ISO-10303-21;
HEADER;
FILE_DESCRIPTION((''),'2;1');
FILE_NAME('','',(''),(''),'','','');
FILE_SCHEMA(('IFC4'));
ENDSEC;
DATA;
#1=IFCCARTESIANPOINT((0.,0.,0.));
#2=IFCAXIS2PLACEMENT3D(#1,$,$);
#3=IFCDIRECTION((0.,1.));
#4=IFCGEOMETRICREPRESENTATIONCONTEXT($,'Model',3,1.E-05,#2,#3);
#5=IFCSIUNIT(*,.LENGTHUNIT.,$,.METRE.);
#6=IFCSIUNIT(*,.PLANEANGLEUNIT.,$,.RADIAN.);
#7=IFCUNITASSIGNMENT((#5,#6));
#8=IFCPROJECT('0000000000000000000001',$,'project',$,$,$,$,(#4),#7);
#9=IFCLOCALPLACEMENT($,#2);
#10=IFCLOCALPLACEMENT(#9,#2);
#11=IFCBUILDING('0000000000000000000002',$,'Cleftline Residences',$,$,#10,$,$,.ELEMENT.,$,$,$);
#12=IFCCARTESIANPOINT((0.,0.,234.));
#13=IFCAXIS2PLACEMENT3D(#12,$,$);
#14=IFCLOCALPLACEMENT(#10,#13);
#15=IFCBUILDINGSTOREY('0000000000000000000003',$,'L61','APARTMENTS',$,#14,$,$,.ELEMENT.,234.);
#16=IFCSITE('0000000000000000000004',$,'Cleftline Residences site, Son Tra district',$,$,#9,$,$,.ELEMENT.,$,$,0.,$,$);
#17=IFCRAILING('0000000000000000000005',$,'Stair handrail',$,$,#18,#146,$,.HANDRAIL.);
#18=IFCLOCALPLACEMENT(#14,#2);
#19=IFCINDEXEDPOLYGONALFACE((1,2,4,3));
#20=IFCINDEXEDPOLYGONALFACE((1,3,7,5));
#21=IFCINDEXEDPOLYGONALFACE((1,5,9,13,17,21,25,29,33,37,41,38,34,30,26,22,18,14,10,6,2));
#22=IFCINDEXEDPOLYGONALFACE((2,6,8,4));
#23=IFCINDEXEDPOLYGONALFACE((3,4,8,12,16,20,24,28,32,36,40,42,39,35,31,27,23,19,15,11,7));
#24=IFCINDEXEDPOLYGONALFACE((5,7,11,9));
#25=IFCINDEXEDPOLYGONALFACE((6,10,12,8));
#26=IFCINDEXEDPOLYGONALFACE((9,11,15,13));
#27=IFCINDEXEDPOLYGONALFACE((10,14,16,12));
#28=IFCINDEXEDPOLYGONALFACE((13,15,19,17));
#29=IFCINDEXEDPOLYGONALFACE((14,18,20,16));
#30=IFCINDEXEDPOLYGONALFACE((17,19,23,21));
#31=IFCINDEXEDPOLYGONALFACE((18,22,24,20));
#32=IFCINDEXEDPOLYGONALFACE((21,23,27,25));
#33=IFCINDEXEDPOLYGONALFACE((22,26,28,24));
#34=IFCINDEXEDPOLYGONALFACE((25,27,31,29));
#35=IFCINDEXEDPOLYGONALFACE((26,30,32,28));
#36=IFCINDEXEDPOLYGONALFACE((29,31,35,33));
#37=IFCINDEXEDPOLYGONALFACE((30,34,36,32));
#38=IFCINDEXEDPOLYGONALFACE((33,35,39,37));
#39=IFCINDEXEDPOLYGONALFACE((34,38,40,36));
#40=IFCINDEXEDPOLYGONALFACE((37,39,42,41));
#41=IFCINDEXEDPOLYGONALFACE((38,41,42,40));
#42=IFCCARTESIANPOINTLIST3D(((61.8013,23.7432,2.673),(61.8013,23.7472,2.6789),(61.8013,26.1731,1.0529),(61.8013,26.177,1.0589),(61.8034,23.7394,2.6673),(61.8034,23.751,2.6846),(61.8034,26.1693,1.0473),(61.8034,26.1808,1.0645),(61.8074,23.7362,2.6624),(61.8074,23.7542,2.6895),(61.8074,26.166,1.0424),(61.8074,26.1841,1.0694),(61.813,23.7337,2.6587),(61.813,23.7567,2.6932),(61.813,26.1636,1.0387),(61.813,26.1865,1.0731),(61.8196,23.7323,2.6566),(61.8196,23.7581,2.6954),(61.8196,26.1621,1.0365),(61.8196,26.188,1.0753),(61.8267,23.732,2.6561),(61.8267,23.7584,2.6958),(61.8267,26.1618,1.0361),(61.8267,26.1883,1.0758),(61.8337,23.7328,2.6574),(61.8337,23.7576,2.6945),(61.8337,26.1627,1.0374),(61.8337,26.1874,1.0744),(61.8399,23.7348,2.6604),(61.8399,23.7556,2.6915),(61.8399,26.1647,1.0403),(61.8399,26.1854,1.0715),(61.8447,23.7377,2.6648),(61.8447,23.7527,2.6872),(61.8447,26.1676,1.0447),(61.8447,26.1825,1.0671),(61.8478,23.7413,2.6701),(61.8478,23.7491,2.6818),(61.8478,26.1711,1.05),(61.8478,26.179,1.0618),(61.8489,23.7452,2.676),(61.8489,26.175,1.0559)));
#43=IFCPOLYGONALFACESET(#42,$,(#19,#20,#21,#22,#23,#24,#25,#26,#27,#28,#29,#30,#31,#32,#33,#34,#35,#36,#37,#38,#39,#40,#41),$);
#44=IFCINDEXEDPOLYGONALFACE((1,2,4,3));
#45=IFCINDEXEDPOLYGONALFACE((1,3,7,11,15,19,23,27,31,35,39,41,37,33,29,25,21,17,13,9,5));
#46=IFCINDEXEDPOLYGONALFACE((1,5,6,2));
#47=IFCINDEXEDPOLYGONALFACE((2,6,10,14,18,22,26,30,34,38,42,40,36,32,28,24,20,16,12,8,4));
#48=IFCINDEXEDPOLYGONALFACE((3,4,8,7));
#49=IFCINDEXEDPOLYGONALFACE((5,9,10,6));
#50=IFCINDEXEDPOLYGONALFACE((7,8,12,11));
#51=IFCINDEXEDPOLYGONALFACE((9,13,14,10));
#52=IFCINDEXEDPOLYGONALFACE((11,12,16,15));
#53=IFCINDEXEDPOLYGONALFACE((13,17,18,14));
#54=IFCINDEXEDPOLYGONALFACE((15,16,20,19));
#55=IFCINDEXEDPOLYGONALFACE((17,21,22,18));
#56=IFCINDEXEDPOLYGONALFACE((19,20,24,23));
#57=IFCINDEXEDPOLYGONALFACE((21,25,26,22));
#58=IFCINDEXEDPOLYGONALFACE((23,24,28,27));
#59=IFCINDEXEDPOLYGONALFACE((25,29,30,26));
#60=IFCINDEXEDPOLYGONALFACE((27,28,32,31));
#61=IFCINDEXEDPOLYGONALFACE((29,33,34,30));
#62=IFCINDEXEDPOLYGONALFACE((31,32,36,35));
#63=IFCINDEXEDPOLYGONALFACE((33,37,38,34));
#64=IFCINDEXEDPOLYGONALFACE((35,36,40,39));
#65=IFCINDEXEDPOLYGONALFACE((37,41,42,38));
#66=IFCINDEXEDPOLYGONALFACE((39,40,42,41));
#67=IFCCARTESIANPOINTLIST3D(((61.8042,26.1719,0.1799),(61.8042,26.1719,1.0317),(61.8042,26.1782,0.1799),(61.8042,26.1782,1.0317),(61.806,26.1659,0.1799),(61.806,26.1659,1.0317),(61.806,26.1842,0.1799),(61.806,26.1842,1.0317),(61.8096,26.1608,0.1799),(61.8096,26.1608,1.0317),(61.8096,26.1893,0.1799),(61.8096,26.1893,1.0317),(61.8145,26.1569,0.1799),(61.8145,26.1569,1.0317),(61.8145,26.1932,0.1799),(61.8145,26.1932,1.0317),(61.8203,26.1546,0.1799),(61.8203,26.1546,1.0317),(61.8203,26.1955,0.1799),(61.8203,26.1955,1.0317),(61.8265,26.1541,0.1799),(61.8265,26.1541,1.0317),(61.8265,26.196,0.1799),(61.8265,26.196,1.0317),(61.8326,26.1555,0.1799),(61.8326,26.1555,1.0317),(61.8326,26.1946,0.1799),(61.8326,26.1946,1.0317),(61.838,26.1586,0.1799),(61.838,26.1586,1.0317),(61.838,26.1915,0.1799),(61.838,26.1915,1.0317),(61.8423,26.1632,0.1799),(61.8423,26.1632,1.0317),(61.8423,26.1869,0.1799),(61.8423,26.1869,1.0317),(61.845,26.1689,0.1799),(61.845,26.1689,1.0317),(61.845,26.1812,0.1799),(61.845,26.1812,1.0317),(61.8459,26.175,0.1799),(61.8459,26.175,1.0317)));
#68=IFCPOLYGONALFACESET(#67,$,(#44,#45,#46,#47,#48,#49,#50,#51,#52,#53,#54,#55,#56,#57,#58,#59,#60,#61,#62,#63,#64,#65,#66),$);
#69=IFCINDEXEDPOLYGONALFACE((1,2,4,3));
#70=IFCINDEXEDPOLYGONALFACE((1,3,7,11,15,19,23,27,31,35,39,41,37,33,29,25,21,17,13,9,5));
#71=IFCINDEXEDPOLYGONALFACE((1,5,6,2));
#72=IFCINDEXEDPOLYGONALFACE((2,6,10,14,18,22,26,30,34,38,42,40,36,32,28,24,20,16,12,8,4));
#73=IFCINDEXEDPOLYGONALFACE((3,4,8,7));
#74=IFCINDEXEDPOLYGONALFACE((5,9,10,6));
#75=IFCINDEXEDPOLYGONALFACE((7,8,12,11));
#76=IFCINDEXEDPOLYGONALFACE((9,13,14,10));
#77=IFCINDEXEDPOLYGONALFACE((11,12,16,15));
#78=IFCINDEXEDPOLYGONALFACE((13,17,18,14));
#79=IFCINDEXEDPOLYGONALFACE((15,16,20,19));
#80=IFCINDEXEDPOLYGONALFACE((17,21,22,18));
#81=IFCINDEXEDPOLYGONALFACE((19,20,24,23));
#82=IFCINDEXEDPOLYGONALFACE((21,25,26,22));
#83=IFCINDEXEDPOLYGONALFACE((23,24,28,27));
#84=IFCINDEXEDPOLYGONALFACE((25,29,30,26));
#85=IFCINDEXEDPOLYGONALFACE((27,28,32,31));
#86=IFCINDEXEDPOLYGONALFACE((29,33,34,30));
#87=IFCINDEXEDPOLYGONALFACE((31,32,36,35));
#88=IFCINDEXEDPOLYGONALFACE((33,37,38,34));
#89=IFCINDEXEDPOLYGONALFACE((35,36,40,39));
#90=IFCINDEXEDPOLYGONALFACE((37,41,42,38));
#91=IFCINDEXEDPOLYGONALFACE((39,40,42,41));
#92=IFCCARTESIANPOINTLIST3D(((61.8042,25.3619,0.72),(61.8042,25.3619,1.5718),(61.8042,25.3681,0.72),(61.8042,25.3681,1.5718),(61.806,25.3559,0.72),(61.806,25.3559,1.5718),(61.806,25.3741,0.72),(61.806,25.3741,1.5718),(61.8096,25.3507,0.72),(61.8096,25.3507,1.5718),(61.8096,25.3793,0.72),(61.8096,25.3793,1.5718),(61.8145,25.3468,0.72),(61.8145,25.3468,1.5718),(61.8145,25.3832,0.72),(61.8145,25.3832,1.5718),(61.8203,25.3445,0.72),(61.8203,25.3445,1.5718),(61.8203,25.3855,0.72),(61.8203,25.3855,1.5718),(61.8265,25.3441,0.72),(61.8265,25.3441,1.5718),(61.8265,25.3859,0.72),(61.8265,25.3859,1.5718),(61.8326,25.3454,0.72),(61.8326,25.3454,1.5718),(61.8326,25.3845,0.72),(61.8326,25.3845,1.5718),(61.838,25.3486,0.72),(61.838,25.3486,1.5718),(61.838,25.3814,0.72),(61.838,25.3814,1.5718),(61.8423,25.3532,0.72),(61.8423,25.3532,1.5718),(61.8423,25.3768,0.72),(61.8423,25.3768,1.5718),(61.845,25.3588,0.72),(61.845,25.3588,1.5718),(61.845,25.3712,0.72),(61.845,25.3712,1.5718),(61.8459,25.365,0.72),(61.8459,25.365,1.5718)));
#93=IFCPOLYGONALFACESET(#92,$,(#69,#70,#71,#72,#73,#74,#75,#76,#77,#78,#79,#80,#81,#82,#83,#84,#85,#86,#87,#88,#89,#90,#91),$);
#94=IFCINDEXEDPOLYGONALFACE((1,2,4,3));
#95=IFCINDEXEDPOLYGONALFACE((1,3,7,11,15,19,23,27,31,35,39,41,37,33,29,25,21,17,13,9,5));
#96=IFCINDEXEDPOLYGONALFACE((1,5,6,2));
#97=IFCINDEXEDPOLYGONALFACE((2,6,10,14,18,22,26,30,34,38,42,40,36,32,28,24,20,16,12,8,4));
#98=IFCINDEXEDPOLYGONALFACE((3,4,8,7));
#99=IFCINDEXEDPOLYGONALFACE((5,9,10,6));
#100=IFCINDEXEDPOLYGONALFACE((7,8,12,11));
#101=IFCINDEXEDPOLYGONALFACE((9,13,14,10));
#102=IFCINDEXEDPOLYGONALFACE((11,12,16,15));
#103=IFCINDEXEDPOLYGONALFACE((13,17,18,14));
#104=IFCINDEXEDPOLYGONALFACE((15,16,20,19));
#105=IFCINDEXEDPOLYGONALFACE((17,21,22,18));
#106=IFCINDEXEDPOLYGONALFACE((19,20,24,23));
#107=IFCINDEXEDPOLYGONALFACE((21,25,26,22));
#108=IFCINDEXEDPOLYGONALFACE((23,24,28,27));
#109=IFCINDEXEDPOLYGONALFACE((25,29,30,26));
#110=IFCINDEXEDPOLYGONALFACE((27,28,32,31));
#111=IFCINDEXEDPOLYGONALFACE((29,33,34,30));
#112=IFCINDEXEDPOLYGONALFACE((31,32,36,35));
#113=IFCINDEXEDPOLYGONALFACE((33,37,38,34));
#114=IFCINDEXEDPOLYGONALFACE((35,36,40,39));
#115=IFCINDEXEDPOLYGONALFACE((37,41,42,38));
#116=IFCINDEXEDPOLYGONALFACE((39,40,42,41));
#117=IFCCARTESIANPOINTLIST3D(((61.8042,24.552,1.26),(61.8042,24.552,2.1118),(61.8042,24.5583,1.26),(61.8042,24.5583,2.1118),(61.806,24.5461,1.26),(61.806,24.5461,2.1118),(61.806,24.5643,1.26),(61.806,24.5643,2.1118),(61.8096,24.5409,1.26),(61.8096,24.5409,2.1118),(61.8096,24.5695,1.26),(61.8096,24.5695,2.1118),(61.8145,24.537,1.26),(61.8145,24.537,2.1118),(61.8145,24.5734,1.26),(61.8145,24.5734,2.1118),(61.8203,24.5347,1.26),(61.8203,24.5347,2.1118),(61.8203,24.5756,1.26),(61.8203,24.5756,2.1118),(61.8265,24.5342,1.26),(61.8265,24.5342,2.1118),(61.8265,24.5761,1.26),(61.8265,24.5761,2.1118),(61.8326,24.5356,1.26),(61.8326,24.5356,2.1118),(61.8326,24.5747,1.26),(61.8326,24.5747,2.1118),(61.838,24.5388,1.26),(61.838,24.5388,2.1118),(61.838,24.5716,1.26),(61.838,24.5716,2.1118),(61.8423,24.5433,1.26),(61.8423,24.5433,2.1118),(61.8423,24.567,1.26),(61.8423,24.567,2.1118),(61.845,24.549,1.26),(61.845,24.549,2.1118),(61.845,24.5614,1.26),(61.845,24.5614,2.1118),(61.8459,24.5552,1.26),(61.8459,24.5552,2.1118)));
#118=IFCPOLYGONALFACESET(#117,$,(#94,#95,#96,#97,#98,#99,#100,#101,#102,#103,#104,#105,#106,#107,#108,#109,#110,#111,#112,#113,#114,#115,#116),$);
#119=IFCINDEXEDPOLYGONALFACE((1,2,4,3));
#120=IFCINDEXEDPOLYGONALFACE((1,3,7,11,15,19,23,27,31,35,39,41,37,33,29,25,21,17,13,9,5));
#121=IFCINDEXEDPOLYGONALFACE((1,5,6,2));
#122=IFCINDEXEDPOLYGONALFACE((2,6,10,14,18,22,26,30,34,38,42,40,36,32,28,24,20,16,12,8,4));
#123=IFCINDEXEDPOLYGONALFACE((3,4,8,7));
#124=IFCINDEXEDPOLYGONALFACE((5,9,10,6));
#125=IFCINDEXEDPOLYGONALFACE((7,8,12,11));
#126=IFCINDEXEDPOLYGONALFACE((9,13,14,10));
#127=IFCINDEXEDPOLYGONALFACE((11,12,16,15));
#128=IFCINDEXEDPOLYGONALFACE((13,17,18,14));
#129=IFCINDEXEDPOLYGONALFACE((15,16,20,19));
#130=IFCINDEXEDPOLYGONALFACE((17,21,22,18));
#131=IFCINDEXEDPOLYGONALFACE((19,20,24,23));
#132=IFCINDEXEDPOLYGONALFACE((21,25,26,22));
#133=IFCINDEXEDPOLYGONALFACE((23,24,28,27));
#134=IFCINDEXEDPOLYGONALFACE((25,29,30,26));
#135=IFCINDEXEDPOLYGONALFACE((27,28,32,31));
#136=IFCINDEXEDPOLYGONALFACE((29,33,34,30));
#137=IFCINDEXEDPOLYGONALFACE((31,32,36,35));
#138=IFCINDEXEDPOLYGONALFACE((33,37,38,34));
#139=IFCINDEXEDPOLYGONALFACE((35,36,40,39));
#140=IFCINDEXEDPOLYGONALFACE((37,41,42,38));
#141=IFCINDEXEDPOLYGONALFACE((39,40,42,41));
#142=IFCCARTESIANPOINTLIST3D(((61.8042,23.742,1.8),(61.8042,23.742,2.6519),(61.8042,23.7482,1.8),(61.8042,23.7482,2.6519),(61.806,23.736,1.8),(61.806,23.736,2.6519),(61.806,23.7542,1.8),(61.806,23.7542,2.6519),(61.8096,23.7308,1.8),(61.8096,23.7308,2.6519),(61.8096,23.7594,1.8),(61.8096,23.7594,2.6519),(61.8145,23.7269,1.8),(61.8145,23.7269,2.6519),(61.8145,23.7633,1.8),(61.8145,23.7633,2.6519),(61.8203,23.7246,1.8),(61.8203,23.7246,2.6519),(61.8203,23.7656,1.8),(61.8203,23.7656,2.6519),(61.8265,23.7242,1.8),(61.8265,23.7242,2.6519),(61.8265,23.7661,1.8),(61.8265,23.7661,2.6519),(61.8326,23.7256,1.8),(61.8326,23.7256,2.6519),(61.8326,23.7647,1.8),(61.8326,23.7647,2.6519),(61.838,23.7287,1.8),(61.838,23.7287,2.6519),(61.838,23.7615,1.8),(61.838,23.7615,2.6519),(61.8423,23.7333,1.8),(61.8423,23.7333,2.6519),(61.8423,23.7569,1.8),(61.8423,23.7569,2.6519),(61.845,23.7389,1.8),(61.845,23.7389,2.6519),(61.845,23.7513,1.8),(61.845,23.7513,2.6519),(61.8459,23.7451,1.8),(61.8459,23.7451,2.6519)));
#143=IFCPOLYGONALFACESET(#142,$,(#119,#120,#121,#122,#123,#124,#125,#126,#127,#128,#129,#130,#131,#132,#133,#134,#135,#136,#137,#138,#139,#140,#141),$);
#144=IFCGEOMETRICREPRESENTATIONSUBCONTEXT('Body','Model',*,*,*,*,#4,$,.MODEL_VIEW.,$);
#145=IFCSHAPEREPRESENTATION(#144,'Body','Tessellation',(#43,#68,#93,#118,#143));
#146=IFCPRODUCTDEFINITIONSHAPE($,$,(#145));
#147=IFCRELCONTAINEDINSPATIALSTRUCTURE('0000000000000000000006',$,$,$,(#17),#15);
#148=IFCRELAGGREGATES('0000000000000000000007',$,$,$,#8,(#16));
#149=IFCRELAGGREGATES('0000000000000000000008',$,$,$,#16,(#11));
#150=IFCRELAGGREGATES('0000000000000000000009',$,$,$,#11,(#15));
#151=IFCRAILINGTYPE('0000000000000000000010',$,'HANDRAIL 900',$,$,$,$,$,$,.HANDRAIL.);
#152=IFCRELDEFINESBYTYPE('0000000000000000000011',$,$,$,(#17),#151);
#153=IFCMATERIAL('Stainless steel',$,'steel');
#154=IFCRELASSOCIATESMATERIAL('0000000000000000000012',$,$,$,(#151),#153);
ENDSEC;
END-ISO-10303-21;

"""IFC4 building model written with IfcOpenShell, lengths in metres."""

from ifc_helpers import new_model, si_unit, direction, frame, origin, origin_2d, place, context, subcontext, project, spatial, circle, extrude, material, type_object, element, save


model = new_model("IFC4")

# Units and contexts
model_context = context("Model", 3, precision=1e-05, world=origin(), true_north=direction((0.0, 1.0)))
body_context = subcontext(model_context, "Body", "Model", "MODEL_VIEW")
ifc_project = project(units=[si_unit("LENGTHUNIT", "METRE"), si_unit("PLANEANGLEUNIT", "RADIAN")], contexts=[model_context])

# Site, building, storey
site_placement = place(None, origin())
site = spatial("IfcSite", under=ifc_project, at=site_placement, Name="Cleftline Residences site, Son Tra district", CompositionType="ELEMENT", RefElevation=0.0)
building_placement = place(site_placement, origin())
building = spatial("IfcBuilding", under=site, at=building_placement, Name="Cleftline Residences", CompositionType="ELEMENT")
storey_placement = place(building_placement, frame((0.0, 0.0, 234.0)))
storey = spatial("IfcBuildingStorey", under=building, at=storey_placement, Name="L61", Description="APARTMENTS", CompositionType="ELEMENT", Elevation=234.0)

# Railing
ifc_material_1 = material(Name="Stainless steel", Category="steel")
railing_type = type_object("IfcRailingType", Name="HANDRAIL 900", PredefinedType="HANDRAIL", material=ifc_material_1)
railing_placement = place(storey_placement, frame((61.825, 26.175, 0.1799)))
element("IfcRailing", 1, at=railing_placement, inside=storey, type_object=railing_type, Name="Stair handrail", PredefinedType="HANDRAIL", context=body_context, shape_type="SweptSolid", body=[
    extrude(circle(Radius=0.0239, at=origin_2d()), frame((0.0, 0.0, 0.876), z_axis=(0.0, -0.832025, 0.554739), x_axis=(1.0, 0.0, 0.0)), (0.0, 0.0, 1.0), 2.9204),
    extrude(circle(Radius=0.021, at=origin_2d()), origin(), (0.0, 0.0, 1.0), 0.8518),
    extrude(circle(Radius=0.021, at=origin_2d()), frame((0.0, -0.8101, 0.54)), (0.0, 0.0, 1.0), 0.8518),
    extrude(circle(Radius=0.021, at=origin_2d()), frame((0.0, -1.6199, 1.0801)), (0.0, 0.0, 1.0), 0.8518),
    extrude(circle(Radius=0.021, at=origin_2d()), frame((0.0, -2.4299, 1.6201)), (0.0, 0.0, 1.0), 0.8518),
])

save(model, "model.ifc")
